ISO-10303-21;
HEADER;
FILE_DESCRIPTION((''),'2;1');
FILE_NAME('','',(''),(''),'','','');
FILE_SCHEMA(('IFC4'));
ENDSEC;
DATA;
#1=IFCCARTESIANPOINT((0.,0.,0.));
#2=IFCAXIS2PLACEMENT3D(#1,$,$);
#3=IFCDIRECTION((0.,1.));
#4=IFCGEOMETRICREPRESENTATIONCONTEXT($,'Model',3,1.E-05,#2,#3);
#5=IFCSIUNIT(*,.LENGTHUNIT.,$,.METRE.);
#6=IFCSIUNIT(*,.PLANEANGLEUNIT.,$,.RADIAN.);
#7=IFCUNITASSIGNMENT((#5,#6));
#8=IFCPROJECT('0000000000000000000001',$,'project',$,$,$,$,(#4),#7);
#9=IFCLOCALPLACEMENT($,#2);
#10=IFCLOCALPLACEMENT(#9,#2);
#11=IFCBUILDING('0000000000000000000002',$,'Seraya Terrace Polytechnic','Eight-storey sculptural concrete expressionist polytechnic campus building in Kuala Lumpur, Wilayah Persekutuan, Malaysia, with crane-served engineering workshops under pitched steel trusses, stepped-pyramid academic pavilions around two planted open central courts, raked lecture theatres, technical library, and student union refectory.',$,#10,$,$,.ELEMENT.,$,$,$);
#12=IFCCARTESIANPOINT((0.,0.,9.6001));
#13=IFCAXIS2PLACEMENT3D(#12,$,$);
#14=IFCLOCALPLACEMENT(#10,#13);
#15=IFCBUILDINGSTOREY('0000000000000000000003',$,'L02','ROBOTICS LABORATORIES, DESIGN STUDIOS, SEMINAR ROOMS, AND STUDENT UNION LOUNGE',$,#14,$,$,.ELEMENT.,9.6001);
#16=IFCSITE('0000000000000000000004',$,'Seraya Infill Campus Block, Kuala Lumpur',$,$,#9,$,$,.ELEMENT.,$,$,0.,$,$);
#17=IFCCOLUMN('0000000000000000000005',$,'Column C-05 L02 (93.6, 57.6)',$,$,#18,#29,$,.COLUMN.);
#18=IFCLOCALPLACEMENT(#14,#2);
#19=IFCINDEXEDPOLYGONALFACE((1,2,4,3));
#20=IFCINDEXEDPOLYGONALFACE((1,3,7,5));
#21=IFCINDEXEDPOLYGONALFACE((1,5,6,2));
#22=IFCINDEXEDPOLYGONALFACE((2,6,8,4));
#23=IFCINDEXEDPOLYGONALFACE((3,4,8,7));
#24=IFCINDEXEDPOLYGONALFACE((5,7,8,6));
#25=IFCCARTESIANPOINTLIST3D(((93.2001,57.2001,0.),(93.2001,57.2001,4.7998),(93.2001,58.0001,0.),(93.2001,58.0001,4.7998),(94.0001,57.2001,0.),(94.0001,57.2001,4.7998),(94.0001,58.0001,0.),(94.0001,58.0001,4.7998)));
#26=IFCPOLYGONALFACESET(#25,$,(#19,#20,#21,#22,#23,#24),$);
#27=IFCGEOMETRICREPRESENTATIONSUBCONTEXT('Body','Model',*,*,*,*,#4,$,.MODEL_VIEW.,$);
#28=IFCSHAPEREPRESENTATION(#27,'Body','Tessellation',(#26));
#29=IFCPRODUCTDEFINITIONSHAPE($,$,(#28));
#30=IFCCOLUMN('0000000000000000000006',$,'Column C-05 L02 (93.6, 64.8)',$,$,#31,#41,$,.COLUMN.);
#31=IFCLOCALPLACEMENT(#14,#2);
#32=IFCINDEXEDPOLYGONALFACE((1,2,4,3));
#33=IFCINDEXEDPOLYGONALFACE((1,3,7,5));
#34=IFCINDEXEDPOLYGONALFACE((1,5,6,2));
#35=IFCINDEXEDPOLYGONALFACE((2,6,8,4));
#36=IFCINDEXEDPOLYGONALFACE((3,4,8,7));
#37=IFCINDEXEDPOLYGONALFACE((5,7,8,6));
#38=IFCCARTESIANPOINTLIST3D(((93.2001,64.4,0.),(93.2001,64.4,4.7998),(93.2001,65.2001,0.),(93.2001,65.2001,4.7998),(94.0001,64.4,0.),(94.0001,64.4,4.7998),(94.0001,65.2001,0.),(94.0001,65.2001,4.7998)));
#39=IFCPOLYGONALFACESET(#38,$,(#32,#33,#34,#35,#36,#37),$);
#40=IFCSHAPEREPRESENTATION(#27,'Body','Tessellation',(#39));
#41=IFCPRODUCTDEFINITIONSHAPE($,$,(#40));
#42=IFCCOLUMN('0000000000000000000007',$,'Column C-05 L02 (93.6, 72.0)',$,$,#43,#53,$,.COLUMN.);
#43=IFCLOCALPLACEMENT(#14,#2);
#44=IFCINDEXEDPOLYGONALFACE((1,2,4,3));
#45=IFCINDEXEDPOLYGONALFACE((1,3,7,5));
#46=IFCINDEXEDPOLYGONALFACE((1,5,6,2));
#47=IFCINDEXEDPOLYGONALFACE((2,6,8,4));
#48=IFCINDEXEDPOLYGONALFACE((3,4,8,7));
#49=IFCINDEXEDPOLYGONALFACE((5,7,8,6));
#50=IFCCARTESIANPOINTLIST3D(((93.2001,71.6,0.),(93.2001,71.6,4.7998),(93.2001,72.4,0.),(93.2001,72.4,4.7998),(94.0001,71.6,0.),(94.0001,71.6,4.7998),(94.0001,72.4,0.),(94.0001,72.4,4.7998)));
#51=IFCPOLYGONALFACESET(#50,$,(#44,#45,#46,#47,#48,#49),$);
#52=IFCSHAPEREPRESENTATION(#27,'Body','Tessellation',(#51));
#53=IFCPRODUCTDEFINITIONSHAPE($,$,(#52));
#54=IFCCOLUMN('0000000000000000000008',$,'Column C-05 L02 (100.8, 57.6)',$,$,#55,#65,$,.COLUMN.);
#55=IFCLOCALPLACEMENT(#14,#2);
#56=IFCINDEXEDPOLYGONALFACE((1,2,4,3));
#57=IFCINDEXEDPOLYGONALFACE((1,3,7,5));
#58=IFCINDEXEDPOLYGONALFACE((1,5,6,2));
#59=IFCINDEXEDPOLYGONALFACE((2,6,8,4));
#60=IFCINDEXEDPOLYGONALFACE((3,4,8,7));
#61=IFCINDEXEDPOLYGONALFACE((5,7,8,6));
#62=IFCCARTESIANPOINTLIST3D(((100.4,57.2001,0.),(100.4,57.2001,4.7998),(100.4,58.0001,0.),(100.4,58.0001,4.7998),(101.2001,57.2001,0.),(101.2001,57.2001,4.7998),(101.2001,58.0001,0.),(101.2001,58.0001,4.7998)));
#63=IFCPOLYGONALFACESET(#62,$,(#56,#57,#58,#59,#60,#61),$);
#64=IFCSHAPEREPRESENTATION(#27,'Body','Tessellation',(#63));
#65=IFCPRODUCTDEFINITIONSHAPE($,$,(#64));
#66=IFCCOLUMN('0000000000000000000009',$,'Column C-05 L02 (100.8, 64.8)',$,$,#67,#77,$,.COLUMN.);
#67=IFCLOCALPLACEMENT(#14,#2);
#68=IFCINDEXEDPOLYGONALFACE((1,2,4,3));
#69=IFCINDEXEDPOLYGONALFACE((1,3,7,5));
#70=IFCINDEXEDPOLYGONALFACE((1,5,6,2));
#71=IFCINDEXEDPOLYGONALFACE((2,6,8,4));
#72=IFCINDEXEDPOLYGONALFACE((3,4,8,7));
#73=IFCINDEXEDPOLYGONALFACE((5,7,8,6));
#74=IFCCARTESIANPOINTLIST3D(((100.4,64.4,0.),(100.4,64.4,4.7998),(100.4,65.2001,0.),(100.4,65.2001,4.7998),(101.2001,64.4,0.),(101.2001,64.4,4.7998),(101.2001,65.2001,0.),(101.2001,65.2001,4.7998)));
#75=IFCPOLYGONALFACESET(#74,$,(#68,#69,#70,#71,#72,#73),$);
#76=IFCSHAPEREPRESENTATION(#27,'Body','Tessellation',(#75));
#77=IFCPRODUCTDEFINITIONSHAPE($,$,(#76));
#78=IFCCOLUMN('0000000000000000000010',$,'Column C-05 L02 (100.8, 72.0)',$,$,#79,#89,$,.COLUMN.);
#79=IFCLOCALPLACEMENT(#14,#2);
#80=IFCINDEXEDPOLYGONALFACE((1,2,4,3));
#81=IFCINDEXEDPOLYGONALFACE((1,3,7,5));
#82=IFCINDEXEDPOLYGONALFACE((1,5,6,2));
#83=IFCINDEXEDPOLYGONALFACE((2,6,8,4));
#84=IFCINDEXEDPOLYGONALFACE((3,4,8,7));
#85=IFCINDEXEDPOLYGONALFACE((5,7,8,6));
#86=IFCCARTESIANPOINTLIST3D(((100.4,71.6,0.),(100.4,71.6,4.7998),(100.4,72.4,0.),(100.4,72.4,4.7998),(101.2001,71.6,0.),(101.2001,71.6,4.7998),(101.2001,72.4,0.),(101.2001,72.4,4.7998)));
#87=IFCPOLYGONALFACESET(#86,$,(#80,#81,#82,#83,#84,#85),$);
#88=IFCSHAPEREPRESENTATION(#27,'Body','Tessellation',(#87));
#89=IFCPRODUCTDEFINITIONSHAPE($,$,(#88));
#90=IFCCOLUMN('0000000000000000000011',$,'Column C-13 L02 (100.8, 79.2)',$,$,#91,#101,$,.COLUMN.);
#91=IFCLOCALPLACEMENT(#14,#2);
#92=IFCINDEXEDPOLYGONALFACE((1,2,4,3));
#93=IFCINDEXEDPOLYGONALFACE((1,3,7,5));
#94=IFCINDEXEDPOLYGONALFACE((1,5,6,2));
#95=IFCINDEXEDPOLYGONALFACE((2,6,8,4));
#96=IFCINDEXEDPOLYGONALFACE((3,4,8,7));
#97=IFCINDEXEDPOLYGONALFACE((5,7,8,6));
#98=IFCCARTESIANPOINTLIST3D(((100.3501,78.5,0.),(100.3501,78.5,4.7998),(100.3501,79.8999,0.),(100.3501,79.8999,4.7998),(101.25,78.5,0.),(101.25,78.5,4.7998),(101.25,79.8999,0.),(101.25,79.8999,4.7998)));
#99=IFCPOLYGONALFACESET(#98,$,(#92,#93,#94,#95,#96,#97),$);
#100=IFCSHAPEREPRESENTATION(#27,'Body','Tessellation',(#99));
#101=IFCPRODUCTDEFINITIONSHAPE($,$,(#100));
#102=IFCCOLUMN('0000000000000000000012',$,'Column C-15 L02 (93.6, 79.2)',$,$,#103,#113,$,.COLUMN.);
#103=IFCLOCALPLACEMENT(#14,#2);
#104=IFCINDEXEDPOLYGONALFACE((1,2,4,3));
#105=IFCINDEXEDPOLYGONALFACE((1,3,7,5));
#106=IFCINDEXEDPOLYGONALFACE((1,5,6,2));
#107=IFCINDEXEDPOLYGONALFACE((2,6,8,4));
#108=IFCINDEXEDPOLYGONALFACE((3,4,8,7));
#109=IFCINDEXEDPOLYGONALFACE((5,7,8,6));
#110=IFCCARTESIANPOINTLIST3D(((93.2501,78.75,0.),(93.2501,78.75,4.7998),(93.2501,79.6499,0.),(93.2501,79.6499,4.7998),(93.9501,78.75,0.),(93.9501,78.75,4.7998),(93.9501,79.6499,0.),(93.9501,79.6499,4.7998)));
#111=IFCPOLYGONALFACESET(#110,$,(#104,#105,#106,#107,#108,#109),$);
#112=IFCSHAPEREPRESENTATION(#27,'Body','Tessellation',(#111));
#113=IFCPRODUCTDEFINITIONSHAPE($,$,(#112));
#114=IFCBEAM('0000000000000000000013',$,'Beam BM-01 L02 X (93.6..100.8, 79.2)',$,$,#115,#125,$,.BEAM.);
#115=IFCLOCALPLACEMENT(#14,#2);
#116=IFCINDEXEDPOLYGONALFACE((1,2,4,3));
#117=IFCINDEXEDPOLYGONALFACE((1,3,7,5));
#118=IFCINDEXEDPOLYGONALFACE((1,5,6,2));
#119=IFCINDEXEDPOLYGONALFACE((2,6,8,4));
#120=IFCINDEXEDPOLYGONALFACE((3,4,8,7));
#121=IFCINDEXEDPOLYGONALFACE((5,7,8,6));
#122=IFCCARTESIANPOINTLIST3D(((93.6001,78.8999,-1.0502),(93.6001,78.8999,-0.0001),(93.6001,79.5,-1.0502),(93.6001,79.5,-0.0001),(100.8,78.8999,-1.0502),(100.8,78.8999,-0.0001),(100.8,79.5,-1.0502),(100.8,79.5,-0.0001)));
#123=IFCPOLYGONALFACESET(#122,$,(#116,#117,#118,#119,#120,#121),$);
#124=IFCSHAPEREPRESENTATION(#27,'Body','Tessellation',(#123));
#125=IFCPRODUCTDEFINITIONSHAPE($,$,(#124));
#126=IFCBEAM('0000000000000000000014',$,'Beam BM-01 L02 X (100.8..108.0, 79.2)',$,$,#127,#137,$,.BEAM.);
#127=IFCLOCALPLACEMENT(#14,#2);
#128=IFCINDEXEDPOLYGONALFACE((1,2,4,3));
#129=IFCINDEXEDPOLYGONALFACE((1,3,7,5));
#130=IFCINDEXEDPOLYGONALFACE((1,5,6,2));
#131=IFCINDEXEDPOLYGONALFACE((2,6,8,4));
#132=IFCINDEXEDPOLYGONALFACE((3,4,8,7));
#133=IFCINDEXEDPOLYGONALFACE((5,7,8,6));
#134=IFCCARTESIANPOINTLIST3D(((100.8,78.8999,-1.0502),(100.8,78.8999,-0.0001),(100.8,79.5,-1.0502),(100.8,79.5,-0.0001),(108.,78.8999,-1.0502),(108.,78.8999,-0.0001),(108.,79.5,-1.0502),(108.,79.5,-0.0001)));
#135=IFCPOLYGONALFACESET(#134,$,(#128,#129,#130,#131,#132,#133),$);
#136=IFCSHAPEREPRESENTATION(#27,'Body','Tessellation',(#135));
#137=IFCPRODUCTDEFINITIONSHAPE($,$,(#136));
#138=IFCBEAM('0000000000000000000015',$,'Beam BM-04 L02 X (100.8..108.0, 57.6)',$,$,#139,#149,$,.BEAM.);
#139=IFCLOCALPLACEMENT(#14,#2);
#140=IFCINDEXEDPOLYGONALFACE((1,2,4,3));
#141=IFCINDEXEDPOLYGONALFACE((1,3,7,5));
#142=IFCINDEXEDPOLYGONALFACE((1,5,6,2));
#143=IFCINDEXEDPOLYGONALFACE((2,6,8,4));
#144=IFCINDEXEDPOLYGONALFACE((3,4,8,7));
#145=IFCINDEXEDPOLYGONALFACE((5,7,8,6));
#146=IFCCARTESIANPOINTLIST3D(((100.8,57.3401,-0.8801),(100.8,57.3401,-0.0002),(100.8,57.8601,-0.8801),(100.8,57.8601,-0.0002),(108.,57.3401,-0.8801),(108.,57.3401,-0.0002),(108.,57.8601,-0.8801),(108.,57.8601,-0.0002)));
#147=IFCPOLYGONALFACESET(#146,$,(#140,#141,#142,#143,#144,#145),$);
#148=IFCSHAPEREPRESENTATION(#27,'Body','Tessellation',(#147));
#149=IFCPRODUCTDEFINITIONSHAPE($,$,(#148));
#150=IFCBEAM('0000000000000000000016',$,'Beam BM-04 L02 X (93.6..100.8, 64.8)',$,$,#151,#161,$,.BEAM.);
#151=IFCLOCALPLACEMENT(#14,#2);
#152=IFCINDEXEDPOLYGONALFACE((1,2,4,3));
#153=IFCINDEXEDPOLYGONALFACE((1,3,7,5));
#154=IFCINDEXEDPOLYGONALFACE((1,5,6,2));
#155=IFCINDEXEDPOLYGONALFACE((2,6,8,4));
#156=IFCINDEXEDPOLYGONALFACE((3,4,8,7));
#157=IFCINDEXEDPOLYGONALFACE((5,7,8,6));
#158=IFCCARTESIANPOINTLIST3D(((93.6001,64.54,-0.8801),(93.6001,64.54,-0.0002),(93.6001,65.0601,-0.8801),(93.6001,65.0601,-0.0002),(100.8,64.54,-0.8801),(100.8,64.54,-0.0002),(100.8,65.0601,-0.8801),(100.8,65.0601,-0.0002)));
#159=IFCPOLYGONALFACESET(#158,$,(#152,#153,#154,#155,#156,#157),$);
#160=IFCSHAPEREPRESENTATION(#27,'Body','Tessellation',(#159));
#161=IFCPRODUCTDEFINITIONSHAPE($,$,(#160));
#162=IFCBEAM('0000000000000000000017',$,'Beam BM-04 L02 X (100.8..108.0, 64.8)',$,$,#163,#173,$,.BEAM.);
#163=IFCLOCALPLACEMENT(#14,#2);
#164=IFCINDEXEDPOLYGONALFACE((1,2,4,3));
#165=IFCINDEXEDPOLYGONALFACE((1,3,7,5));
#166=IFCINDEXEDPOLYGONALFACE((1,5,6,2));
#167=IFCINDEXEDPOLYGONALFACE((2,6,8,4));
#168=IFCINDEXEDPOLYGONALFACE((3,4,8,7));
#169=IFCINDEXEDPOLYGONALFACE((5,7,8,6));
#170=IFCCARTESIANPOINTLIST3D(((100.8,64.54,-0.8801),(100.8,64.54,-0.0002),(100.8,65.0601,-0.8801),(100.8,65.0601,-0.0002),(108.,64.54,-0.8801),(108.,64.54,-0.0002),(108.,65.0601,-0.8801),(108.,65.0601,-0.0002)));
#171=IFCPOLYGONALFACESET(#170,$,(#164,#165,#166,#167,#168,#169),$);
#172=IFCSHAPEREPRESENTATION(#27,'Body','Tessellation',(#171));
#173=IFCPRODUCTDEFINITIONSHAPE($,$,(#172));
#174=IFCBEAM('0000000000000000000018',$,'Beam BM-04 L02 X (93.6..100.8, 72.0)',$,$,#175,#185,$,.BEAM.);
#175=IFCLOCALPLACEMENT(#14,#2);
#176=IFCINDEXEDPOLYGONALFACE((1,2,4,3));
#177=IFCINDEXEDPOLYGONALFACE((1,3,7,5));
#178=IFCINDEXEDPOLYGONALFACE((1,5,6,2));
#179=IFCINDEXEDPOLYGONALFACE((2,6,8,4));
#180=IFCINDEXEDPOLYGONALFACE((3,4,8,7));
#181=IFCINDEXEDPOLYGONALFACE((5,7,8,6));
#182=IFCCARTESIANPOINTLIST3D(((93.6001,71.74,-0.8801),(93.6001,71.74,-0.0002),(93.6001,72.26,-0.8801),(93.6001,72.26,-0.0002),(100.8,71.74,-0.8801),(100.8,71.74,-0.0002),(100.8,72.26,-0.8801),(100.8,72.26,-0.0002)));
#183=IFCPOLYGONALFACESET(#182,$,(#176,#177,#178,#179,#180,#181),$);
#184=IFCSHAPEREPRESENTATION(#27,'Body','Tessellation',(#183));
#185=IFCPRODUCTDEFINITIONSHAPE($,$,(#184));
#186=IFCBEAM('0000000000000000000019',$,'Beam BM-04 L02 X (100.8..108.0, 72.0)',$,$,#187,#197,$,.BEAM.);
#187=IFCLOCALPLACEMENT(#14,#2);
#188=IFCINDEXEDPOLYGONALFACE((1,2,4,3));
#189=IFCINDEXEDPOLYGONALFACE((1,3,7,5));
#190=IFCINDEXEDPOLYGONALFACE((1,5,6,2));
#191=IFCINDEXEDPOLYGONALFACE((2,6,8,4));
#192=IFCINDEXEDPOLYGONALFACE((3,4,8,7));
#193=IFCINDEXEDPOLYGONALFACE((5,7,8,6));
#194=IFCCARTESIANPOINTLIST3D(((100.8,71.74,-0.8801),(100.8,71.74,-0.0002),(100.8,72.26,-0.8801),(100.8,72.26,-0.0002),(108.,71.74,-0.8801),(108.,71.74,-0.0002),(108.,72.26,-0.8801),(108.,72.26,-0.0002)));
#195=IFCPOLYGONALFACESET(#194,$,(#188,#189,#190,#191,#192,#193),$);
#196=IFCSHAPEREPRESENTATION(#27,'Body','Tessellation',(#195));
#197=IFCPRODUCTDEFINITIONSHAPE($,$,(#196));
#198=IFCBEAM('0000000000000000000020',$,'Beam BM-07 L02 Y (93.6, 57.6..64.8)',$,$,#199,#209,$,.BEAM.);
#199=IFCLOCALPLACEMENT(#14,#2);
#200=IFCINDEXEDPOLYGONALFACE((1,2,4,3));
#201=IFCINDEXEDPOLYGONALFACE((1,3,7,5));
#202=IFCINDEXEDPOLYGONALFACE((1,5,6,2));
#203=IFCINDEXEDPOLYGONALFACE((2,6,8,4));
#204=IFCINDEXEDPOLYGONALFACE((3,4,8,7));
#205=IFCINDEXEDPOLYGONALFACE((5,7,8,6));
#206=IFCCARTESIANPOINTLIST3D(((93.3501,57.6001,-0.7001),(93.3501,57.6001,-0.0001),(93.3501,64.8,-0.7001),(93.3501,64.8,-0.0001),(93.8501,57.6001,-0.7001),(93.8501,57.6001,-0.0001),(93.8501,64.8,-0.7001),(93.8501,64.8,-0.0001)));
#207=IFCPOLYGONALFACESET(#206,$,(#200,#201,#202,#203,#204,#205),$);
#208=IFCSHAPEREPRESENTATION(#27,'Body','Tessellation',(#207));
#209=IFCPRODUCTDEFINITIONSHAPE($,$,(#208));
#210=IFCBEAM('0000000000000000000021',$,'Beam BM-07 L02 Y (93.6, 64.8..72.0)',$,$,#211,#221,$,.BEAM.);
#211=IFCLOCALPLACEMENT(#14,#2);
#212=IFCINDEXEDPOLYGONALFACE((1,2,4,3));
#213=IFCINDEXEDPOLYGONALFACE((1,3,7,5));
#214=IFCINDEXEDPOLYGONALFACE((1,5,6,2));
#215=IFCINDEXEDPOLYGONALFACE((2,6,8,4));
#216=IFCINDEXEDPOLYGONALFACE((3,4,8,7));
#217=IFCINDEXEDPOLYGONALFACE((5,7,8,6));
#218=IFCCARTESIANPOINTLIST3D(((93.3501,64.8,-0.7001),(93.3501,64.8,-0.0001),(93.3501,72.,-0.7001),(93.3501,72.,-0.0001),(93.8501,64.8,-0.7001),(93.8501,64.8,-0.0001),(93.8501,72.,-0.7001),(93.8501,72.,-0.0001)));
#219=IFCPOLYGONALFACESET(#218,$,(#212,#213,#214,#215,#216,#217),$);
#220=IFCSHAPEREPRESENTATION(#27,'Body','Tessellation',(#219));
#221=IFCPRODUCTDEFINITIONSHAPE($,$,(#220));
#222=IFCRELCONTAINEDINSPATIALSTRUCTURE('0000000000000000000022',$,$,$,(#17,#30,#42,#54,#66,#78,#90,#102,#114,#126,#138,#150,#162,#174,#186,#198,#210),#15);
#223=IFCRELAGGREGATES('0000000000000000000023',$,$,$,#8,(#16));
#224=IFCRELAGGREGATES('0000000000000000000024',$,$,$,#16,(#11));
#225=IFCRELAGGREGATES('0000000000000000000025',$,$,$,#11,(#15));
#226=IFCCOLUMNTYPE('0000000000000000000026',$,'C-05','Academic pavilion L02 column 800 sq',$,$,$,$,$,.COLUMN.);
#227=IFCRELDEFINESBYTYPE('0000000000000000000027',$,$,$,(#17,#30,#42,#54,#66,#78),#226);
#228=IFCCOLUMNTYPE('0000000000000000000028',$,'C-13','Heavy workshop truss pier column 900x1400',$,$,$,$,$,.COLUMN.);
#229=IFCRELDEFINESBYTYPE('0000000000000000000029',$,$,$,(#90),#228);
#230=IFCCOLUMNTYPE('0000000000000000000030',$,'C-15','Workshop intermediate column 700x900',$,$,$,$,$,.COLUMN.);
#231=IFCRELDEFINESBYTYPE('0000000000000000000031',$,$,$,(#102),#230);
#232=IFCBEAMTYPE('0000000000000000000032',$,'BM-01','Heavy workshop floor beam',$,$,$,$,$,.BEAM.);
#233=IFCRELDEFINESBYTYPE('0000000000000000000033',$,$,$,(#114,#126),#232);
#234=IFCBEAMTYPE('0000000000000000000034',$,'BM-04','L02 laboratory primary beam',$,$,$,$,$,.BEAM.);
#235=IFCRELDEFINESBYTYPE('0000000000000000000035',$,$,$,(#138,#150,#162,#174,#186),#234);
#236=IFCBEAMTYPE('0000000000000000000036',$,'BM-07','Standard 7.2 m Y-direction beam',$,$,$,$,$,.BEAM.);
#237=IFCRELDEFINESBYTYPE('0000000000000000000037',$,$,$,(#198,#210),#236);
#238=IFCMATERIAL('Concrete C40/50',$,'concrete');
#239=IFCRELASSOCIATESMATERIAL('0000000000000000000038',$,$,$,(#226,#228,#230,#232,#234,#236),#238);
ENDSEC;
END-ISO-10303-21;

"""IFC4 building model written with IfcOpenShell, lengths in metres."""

from ifc_helpers import new_model, si_unit, direction, frame, origin, origin_2d, place, context, subcontext, project, spatial, rectangle, extrude, material, material_profile, profile_set, type_object, element, save


model = new_model("IFC4")

# Units and contexts
model_context = context("Model", 3, precision=1e-05, world=origin(), true_north=direction((0.0, 1.0)))
body_context = subcontext(model_context, "Body", "Model", "MODEL_VIEW")
ifc_project = project(units=[si_unit("LENGTHUNIT", "METRE"), si_unit("PLANEANGLEUNIT", "RADIAN")], contexts=[model_context])

# Site, building, storey
site_placement = place(None, origin())
site = spatial("IfcSite", under=ifc_project, at=site_placement, Name="Seraya Infill Campus Block, Kuala Lumpur", CompositionType="ELEMENT", RefElevation=0.0)
building_placement = place(site_placement, origin())
building = spatial("IfcBuilding", under=site, at=building_placement, Name="Seraya Terrace Polytechnic", Description="Eight-storey sculptural concrete expressionist polytechnic campus building in Kuala Lumpur, Wilayah Persekutuan, Malaysia, with crane-served engineering workshops under pitched steel trusses, stepped-pyramid academic pavilions around two planted open central courts, raked lecture theatres, technical library, and student union refectory.", CompositionType="ELEMENT")
storey_placement = place(building_placement, frame((0.0, 0.0, 9.6001)))
storey = spatial("IfcBuildingStorey", under=building, at=storey_placement, Name="L02", Description="ROBOTICS LABORATORIES, DESIGN STUDIOS, SEMINAR ROOMS, AND STUDENT UNION LOUNGE", CompositionType="ELEMENT", Elevation=9.6001)

# Columns
ifc_material_1 = material(Name="Concrete C40/50", Category="concrete")
ifc_material_profile_1 = material_profile(ifc_material_1, rectangle(XDim=0.8, YDim=0.8, at=origin_2d()), Name="RC 800x800")
ifc_profile_set_1 = profile_set([ifc_material_profile_1], Name="Concrete C40/50")
column_type_1 = type_object("IfcColumnType", Name="C-05", Description="Academic pavilion L02 column 800 sq", PredefinedType="COLUMN", material=ifc_profile_set_1)
for number, where, z_axis, x_axis, name in (
    (1, (93.6001, 57.6001, 0.0), (0.0, 0.0, 1.0), (1.0, 0.0, 0.0), "Column C-05 L02 (93.6, 57.6)"),
    (2, (93.6001, 64.8, 0.0), (0.0, 0.0, 1.0), (1.0, 0.0, 0.0), "Column C-05 L02 (93.6, 64.8)"),
    (3, (93.6001, 72.0, 0.0), (0.0, 0.0, 1.0), (1.0, 0.0, 0.0), "Column C-05 L02 (93.6, 72.0)"),
    (4, (100.8, 57.6001, 0.0), (0.0, 0.0, 1.0), (1.0, 0.0, 0.0), "Column C-05 L02 (100.8, 57.6)"),
    (5, (100.8, 64.8, 0.0), (0.0, 0.0, 1.0), (1.0, 0.0, 0.0), "Column C-05 L02 (100.8, 64.8)"),
    (6, (100.8, 72.0, 0.0), (0.0, 0.0, 1.0), (1.0, 0.0, 0.0), "Column C-05 L02 (100.8, 72.0)"),
):
    element("IfcColumn", number, at=place(storey_placement, frame(where, z_axis=z_axis, x_axis=x_axis)), inside=storey, type_object=column_type_1, Name=name, PredefinedType="COLUMN", context=body_context, shape_type="SweptSolid", body=[
        extrude(rectangle(XDim=0.8, YDim=0.8, at=origin_2d()), origin(), (0.0, 0.0, 1.0), 4.7998),
    ])
ifc_material_profile_2 = material_profile(ifc_material_1, rectangle(XDim=0.8999, YDim=1.3999, at=origin_2d()), Name="RC 900x1400")
ifc_profile_set_2 = profile_set([ifc_material_profile_2], Name="Concrete C40/50")
column_type_2 = type_object("IfcColumnType", Name="C-13", Description="Heavy workshop truss pier column 900x1400", PredefinedType="COLUMN", material=ifc_profile_set_2)
column_1_placement = place(storey_placement, frame((100.8, 79.2, 0.0), z_axis=(0.0, 0.0, 1.0), x_axis=(1.0, 0.0, 0.0)))
element("IfcColumn", 7, at=column_1_placement, inside=storey, type_object=column_type_2, Name="Column C-13 L02 (100.8, 79.2)", PredefinedType="COLUMN", context=body_context, shape_type="SweptSolid", body=[
    extrude(rectangle(XDim=0.8999, YDim=1.3999, at=origin_2d()), origin(), (0.0, 0.0, 1.0), 4.7998),
])
ifc_material_profile_3 = material_profile(ifc_material_1, rectangle(XDim=0.7, YDim=0.8999, at=origin_2d()), Name="RC 700x900")
ifc_profile_set_3 = profile_set([ifc_material_profile_3], Name="Concrete C40/50")
column_type_3 = type_object("IfcColumnType", Name="C-15", Description="Workshop intermediate column 700x900", PredefinedType="COLUMN", material=ifc_profile_set_3)
column_2_placement = place(storey_placement, frame((93.6001, 79.2, 0.0), z_axis=(0.0, 0.0, 1.0), x_axis=(1.0, 0.0, 0.0)))
element("IfcColumn", 8, at=column_2_placement, inside=storey, type_object=column_type_3, Name="Column C-15 L02 (93.6, 79.2)", PredefinedType="COLUMN", context=body_context, shape_type="SweptSolid", body=[
    extrude(rectangle(XDim=0.7, YDim=0.8999, at=origin_2d()), origin(), (0.0, 0.0, 1.0), 4.7998),
])

# Beams
ifc_material_profile_4 = material_profile(ifc_material_1, rectangle(XDim=0.6001, YDim=1.05, at=origin_2d()), Name="RC 600x1050")
ifc_profile_set_4 = profile_set([ifc_material_profile_4], Name="Concrete C40/50")
beam_type_1 = type_object("IfcBeamType", Name="BM-01", Description="Heavy workshop floor beam", PredefinedType="BEAM", material=ifc_profile_set_4)
for number, where, z_axis, x_axis, name in (
    (9, (93.6001, 79.2, -0.5251), (1.0, 0.0, 0.0), (0.0, 1.0, 0.0), "Beam BM-01 L02 X (93.6..100.8, 79.2)"),
    (10, (100.8, 79.2, -0.5251), (1.0, 0.0, 0.0), (0.0, 1.0, 0.0), "Beam BM-01 L02 X (100.8..108.0, 79.2)"),
):
    element("IfcBeam", number, at=place(storey_placement, frame(where, z_axis=z_axis, x_axis=x_axis)), inside=storey, type_object=beam_type_1, Name=name, PredefinedType="BEAM", context=body_context, shape_type="SweptSolid", body=[
        extrude(rectangle(XDim=0.6001, YDim=1.05, at=origin_2d()), origin(), (0.0, 0.0, 1.0), 7.2),
    ])
ifc_material_profile_5 = material_profile(ifc_material_1, rectangle(XDim=0.52, YDim=0.8799, at=origin_2d()), Name="RC 520x880")
ifc_profile_set_5 = profile_set([ifc_material_profile_5], Name="Concrete C40/50")
beam_type_2 = type_object("IfcBeamType", Name="BM-04", Description="L02 laboratory primary beam", PredefinedType="BEAM", material=ifc_profile_set_5)
for number, where, z_axis, x_axis, name in (
    (11, (100.8, 57.6001, -0.4402), (1.0, 0.0, 0.0), (0.0, 1.0, 0.0), "Beam BM-04 L02 X (100.8..108.0, 57.6)"),
    (12, (93.6001, 64.8, -0.4402), (1.0, 0.0, 0.0), (0.0, 1.0, 0.0), "Beam BM-04 L02 X (93.6..100.8, 64.8)"),
    (13, (100.8, 64.8, -0.4402), (1.0, 0.0, 0.0), (0.0, 1.0, 0.0), "Beam BM-04 L02 X (100.8..108.0, 64.8)"),
    (14, (93.6001, 72.0, -0.4402), (1.0, 0.0, 0.0), (0.0, 1.0, 0.0), "Beam BM-04 L02 X (93.6..100.8, 72.0)"),
    (15, (100.8, 72.0, -0.4402), (1.0, 0.0, 0.0), (0.0, 1.0, 0.0), "Beam BM-04 L02 X (100.8..108.0, 72.0)"),
):
    element("IfcBeam", number, at=place(storey_placement, frame(where, z_axis=z_axis, x_axis=x_axis)), inside=storey, type_object=beam_type_2, Name=name, PredefinedType="BEAM", context=body_context, shape_type="SweptSolid", body=[
        extrude(rectangle(XDim=0.52, YDim=0.8799, at=origin_2d()), origin(), (0.0, 0.0, 1.0), 7.2),
    ])
ifc_material_profile_6 = material_profile(ifc_material_1, rectangle(XDim=0.5, YDim=0.7, at=origin_2d()), Name="RC 500x700")
ifc_profile_set_6 = profile_set([ifc_material_profile_6], Name="Concrete C40/50")
beam_type_3 = type_object("IfcBeamType", Name="BM-07", Description="Standard 7.2 m Y-direction beam", PredefinedType="BEAM", material=ifc_profile_set_6)
for number, where, z_axis, x_axis, name in (
    (16, (93.6001, 57.6001, -0.3501), (0.0, 1.0, 0.0), (-1.0, 0.0, 0.0), "Beam BM-07 L02 Y (93.6, 57.6..64.8)"),
    (17, (93.6001, 64.8, -0.3501), (0.0, 1.0, 0.0), (-1.0, 0.0, 0.0), "Beam BM-07 L02 Y (93.6, 64.8..72.0)"),
):
    element("IfcBeam", number, at=place(storey_placement, frame(where, z_axis=z_axis, x_axis=x_axis)), inside=storey, type_object=beam_type_3, Name=name, PredefinedType="BEAM", context=body_context, shape_type="SweptSolid", body=[
        extrude(rectangle(XDim=0.5, YDim=0.7, at=origin_2d()), origin(), (0.0, 0.0, 1.0), 7.2),
    ])

save(model, "model.ifc")
